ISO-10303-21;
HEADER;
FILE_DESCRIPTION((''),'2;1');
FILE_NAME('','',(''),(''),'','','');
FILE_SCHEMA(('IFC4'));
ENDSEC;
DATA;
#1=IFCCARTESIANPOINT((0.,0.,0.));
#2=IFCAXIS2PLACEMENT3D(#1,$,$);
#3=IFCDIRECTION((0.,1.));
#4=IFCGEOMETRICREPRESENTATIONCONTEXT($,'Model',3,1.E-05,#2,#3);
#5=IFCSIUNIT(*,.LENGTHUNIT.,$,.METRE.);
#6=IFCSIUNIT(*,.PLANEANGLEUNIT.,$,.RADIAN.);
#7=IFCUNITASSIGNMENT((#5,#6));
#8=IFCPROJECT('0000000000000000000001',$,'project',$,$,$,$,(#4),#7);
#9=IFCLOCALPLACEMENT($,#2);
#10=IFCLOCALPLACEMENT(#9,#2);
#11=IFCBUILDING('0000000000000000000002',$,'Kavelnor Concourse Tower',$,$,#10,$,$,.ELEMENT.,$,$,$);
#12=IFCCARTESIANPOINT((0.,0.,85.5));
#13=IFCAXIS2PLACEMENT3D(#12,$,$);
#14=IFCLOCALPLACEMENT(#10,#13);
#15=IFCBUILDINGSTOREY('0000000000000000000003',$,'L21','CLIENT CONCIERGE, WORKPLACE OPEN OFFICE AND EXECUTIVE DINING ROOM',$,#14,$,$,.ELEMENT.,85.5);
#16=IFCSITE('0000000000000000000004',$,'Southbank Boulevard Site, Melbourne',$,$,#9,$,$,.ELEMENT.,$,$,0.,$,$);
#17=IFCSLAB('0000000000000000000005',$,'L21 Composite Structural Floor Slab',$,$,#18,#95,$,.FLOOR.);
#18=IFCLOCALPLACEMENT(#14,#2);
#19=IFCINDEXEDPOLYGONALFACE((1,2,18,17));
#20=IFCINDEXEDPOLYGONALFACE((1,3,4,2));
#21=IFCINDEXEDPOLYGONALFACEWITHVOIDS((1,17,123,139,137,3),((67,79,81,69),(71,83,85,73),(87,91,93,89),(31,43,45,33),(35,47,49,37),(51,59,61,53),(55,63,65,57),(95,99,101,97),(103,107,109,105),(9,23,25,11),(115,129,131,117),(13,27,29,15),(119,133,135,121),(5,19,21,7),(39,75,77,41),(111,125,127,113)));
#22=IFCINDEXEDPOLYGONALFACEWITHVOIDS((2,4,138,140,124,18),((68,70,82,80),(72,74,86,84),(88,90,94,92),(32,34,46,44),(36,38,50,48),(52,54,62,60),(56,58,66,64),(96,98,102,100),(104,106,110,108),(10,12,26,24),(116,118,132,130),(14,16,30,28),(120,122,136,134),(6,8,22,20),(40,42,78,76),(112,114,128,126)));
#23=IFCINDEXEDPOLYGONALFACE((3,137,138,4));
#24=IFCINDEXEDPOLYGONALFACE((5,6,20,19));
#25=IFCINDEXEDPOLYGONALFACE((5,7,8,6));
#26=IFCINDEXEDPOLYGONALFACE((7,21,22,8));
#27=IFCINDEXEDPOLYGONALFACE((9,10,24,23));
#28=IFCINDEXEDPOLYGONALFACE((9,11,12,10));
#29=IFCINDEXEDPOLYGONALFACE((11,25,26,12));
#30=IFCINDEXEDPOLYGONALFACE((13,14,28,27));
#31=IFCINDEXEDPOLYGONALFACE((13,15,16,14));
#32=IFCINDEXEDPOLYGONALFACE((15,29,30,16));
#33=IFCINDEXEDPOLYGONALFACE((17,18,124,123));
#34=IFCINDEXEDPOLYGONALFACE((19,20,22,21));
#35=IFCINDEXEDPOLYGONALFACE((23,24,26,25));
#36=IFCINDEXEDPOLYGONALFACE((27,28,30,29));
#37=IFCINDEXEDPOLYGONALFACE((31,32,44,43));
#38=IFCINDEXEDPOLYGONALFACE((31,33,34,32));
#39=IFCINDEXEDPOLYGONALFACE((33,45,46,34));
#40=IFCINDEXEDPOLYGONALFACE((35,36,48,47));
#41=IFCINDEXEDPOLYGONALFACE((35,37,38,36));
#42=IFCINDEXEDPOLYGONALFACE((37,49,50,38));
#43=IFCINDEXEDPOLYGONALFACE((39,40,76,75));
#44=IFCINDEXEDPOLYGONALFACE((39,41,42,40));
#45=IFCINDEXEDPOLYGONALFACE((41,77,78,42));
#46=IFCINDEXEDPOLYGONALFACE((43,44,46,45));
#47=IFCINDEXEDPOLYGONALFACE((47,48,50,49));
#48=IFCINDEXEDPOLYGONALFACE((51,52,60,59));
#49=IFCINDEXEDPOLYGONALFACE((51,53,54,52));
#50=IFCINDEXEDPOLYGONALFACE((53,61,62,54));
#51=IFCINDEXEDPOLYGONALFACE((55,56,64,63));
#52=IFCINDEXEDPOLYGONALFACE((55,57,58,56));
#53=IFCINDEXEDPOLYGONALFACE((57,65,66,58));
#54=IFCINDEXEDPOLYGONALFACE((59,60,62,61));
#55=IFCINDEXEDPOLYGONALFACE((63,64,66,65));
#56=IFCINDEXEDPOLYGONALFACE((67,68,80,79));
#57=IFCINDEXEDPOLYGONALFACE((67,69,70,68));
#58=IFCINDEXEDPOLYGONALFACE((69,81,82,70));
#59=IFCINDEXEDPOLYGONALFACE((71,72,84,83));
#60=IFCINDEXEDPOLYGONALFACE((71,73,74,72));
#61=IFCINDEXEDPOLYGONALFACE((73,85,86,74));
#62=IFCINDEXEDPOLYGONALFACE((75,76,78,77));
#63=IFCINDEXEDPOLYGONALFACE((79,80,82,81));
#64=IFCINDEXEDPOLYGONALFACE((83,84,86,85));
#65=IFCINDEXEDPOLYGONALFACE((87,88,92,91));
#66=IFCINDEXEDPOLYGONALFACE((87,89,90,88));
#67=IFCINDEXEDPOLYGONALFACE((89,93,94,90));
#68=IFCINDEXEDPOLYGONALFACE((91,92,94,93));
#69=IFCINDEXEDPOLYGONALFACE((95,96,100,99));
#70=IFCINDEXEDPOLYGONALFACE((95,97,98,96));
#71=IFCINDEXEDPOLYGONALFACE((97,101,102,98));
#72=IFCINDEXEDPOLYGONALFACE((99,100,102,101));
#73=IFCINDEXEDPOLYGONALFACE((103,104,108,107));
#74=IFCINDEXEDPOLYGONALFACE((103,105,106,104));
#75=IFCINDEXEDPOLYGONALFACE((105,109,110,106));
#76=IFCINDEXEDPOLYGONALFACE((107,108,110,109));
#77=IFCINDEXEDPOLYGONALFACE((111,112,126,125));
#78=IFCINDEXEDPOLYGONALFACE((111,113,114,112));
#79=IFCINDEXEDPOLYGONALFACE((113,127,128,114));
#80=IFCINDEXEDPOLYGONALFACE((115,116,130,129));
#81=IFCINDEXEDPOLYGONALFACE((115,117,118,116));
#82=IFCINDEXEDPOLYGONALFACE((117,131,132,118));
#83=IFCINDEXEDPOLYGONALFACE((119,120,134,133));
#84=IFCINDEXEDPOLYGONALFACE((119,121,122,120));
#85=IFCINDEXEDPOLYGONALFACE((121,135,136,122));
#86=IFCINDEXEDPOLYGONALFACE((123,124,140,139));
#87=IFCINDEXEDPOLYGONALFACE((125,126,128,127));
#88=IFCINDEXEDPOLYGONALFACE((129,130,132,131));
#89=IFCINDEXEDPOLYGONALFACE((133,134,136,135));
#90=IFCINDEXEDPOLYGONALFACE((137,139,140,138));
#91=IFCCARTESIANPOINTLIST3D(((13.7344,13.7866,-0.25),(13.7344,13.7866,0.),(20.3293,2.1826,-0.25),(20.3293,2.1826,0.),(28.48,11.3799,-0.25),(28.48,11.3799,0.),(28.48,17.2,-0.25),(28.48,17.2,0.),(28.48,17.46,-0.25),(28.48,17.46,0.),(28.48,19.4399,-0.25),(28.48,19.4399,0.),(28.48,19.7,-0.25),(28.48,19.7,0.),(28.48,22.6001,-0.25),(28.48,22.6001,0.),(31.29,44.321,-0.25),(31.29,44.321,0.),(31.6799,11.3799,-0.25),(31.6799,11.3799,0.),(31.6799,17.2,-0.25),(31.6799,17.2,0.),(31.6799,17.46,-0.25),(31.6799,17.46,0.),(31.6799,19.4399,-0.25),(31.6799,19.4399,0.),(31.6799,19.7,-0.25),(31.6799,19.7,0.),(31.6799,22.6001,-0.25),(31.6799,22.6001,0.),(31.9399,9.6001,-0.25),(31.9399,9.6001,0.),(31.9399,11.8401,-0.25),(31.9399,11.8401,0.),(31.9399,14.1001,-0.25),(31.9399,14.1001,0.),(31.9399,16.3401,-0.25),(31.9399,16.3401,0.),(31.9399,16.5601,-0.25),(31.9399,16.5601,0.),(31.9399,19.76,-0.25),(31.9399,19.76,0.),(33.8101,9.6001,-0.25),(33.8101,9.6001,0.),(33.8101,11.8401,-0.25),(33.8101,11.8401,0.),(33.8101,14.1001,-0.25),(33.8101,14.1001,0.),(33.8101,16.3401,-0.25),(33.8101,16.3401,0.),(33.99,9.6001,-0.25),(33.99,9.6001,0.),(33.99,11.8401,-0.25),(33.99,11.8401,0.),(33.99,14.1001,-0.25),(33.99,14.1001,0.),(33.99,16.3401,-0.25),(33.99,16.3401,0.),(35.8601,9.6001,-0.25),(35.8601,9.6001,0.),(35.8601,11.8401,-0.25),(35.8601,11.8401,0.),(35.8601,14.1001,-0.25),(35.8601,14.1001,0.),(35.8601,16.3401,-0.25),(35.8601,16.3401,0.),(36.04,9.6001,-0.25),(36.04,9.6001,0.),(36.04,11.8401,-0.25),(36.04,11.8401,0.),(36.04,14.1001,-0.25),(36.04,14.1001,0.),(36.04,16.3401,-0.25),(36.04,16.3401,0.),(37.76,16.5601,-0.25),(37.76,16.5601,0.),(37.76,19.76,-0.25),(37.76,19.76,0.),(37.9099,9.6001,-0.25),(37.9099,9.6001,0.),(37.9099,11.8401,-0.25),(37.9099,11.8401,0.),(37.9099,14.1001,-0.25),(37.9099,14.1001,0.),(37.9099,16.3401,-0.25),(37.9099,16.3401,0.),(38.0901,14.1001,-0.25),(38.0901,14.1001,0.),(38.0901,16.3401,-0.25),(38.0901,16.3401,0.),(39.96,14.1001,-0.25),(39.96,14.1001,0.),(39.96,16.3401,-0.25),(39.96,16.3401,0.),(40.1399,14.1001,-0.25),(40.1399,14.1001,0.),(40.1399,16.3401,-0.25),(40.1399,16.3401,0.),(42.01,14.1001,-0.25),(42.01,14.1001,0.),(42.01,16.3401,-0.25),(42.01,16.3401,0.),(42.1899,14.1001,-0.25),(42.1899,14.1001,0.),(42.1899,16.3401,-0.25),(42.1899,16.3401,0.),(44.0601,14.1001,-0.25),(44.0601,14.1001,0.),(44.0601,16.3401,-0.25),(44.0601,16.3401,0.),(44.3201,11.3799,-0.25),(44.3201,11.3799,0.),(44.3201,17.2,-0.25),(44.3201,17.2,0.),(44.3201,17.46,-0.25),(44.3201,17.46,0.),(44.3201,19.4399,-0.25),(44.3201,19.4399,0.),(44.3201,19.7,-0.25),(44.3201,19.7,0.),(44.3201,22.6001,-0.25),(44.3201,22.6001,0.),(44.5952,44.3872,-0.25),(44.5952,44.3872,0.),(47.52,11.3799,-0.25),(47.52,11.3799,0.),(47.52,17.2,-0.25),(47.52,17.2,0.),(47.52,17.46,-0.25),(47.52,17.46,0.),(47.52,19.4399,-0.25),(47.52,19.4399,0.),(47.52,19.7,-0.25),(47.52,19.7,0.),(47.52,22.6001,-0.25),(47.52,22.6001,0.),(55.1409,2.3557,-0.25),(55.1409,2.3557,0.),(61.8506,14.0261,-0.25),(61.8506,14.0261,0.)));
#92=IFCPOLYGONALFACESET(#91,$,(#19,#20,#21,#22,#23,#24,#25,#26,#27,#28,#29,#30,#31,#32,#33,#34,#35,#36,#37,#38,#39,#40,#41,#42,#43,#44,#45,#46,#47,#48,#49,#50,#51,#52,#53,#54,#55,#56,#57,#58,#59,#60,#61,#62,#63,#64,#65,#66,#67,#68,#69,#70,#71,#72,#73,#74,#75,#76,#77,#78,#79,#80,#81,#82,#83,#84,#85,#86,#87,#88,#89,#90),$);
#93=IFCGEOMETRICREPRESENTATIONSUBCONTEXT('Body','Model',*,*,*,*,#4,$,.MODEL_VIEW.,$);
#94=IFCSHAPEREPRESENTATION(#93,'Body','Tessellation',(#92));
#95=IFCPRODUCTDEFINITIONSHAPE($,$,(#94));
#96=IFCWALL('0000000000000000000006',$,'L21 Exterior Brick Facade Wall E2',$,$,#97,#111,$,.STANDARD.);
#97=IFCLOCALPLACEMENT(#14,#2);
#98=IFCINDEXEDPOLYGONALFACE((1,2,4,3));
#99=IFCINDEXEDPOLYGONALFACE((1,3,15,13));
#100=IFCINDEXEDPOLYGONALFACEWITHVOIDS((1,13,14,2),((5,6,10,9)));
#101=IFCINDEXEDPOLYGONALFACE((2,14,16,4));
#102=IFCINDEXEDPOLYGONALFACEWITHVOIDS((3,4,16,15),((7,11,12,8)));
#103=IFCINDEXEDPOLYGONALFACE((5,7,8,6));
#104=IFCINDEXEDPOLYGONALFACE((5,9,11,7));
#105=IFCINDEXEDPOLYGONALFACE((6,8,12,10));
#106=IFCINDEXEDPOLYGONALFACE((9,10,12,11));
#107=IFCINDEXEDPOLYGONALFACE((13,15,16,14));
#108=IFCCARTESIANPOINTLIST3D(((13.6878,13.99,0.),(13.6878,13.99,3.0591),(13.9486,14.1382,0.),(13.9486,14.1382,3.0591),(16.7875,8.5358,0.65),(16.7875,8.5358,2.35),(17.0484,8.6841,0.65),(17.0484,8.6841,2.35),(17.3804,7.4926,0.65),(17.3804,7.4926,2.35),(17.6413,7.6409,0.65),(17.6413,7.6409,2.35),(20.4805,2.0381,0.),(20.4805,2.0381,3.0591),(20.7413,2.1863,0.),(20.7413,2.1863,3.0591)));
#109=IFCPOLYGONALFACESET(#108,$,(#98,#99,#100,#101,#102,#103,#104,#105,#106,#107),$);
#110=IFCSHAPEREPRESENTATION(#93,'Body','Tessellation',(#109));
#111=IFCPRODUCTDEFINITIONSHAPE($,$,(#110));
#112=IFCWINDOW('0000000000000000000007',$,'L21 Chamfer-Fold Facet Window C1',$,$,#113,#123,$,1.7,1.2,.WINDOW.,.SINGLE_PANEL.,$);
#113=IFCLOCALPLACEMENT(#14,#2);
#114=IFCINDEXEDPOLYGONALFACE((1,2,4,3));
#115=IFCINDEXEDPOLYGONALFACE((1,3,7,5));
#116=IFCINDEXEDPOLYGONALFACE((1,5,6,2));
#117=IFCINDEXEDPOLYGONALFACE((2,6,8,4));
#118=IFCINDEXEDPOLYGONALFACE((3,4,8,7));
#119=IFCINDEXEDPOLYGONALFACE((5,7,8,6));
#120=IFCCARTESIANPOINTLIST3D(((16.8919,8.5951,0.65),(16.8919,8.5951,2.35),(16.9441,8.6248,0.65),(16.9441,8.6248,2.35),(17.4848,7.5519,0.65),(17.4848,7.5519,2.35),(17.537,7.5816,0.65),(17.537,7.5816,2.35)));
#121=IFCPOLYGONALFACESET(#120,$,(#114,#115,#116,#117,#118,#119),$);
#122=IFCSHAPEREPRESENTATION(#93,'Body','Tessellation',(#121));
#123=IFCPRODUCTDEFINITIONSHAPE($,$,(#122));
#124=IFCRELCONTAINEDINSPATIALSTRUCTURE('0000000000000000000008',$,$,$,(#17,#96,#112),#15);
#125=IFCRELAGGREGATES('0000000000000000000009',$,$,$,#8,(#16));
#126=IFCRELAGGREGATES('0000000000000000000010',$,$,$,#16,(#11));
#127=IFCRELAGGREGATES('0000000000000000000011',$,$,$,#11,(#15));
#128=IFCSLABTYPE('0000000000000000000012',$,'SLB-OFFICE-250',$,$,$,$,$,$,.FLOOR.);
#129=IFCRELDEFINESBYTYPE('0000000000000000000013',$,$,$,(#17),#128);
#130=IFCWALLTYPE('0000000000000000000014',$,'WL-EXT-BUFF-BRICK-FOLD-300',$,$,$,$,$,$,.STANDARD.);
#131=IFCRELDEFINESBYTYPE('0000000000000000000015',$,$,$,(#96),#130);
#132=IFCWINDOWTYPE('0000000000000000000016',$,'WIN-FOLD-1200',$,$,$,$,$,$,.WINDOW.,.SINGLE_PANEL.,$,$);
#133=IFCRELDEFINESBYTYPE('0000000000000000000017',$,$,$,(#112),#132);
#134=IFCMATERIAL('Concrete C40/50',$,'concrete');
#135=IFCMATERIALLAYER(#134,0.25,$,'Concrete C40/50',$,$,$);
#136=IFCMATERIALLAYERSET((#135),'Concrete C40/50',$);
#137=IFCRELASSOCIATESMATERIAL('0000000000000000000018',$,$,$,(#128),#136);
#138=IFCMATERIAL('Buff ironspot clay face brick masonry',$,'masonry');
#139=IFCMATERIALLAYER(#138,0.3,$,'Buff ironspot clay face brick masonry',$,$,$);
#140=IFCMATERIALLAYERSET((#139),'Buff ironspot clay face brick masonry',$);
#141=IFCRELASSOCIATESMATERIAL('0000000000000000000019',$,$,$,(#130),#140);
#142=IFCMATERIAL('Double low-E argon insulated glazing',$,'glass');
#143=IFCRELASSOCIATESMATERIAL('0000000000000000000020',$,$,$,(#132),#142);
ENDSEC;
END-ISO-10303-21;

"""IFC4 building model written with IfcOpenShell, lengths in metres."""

from ifc_helpers import new_model, si_unit, direction, frame, frame_2d, origin, place, context, subcontext, project, spatial, polyline, rectangle, outline, extrude, material, layer, layer_set, type_object, element, fill, save


model = new_model("IFC4")

# Units and contexts
model_context = context("Model", 3, precision=1e-05, world=origin(), true_north=direction((0.0, 1.0)))
body_context = subcontext(model_context, "Body", "Model", "MODEL_VIEW")
ifc_project = project(units=[si_unit("LENGTHUNIT", "METRE"), si_unit("PLANEANGLEUNIT", "RADIAN")], contexts=[model_context])

# Site, building, storey
site_placement = place(None, origin())
site = spatial("IfcSite", under=ifc_project, at=site_placement, Name="Southbank Boulevard Site, Melbourne", CompositionType="ELEMENT", RefElevation=0.0)
building_placement = place(site_placement, origin())
building = spatial("IfcBuilding", under=site, at=building_placement, Name="Kavelnor Concourse Tower", CompositionType="ELEMENT")
storey_placement = place(building_placement, frame((0.0, 0.0, 85.5)))
storey = spatial("IfcBuildingStorey", under=building, at=storey_placement, Name="L21", Description="CLIENT CONCIERGE, WORKPLACE OPEN OFFICE AND EXECUTIVE DINING ROOM", CompositionType="ELEMENT", Elevation=85.5)

# Shared definitions
ifc_material_1 = material(Name="Concrete C40/50", Category="concrete")

# Slab
ifc_layer_1 = layer(ifc_material_1, 0.25, Name="Concrete C40/50")
ifc_layer_set_1 = layer_set([ifc_layer_1], Name="Concrete C40/50")
slab_type_1 = type_object("IfcSlabType", Name="SLB-OFFICE-250", PredefinedType="FLOOR", material=ifc_layer_set_1)
slab_1_placement = place(storey_placement, frame((0.0, 0.0, -0.25)))
element("IfcSlab", 1, at=slab_1_placement, inside=storey, type_object=slab_type_1, Name="L21 Composite Structural Floor Slab", PredefinedType="FLOOR", context=body_context, shape_type="SweptSolid", body=[
    extrude(outline(polyline([(44.5952, 44.3872), (31.29, 44.321), (13.7344, 13.7866), (20.3293, 2.1826), (55.1409, 2.3557), (61.8506, 14.0261), (44.5952, 44.3872)]), holes=[polyline([(28.48, 11.3799), (31.6799, 11.3799), (31.6799, 17.2), (28.48, 17.2), (28.48, 11.3799)]), polyline([(44.3201, 11.3799), (47.52, 11.3799), (47.52, 17.2), (44.3201, 17.2), (44.3201, 11.3799)]), polyline([(31.9399, 16.5601), (37.76, 16.5601), (37.76, 19.76), (31.9399, 19.76), (31.9399, 16.5601)]), polyline([(28.48, 19.7), (31.6799, 19.7), (31.6799, 22.6001), (28.48, 22.6001), (28.48, 19.7)]), polyline([(44.3201, 19.7), (47.52, 19.7), (47.52, 22.6001), (44.3201, 22.6001), (44.3201, 19.7)]), polyline([(31.9399, 14.1001), (33.8101, 14.1001), (33.8101, 16.3401), (31.9399, 16.3401), (31.9399, 14.1001)]), polyline([(33.99, 14.1001), (35.8601, 14.1001), (35.8601, 16.3401), (33.99, 16.3401), (33.99, 14.1001)]), polyline([(36.04, 14.1001), (37.9099, 14.1001), (37.9099, 16.3401), (36.04, 16.3401), (36.04, 14.1001)]), polyline([(38.0901, 14.1001), (39.96, 14.1001), (39.96, 16.3401), (38.0901, 16.3401), (38.0901, 14.1001)]), polyline([(40.1399, 14.1001), (42.01, 14.1001), (42.01, 16.3401), (40.1399, 16.3401), (40.1399, 14.1001)]), polyline([(42.1899, 14.1001), (44.0601, 14.1001), (44.0601, 16.3401), (42.1899, 16.3401), (42.1899, 14.1001)]), polyline([(31.9399, 9.6001), (33.8101, 9.6001), (33.8101, 11.8401), (31.9399, 11.8401), (31.9399, 9.6001)]), polyline([(33.99, 9.6001), (35.8601, 9.6001), (35.8601, 11.8401), (33.99, 11.8401), (33.99, 9.6001)]), polyline([(36.04, 9.6001), (37.9099, 9.6001), (37.9099, 11.8401), (36.04, 11.8401), (36.04, 9.6001)]), polyline([(28.48, 17.46), (31.6799, 17.46), (31.6799, 19.4399), (28.48, 19.4399), (28.48, 17.46)]), polyline([(44.3201, 17.46), (47.52, 17.46), (47.52, 19.4399), (44.3201, 19.4399), (44.3201, 17.46)])]), origin(), (0.0, 0.0, 1.0), 0.25),
])

# Wall, opening, window
ifc_material_2 = material(Name="Buff ironspot clay face brick masonry", Category="masonry")
ifc_layer_2 = layer(ifc_material_2, 0.3, Name="Buff ironspot clay face brick masonry")
ifc_layer_set_2 = layer_set([ifc_layer_2], Name="Buff ironspot clay face brick masonry")
wall_type_1 = type_object("IfcWallType", Name="WL-EXT-BUFF-BRICK-FOLD-300", PredefinedType="STANDARD", material=ifc_layer_set_2)
wall_1_placement = place(storey_placement, frame((20.6108, 2.1123, 0.0), z_axis=(0.0, 0.0, 1.0), x_axis=(-0.494112, 0.869398, 0.0)))
wall_1 = element("IfcWall", 2, at=wall_1_placement, inside=storey, type_object=wall_type_1, Name="L21 Exterior Brick Facade Wall E2", PredefinedType="STANDARD", context=body_context, shape_type="SweptSolid", body=[
    extrude(rectangle(XDim=13.7473, YDim=0.3, at=frame_2d((6.8735, 0.0))), origin(), (0.0, 0.0, 1.0), 3.0591),
])
opening_1_placement = place(wall_1_placement, frame((6.2737, 0.0, 0.6499)))
opening_1 = element("IfcOpeningElement", 3, at=opening_1_placement, cuts=wall_1, PredefinedType="OPENING", context=body_context, shape_type="SweptSolid", body=[
    extrude(rectangle(XDim=1.2, YDim=1.7, at=frame_2d((0.6001, 0.8501))), frame((0.0, 0.1602, 0.0), z_axis=(0.0, -1.0, 0.0), x_axis=(1.0, 0.0, 0.0)), (0.0, 0.0, 1.0), 0.3201),
])
ifc_material_3 = material(Name="Double low-E argon insulated glazing", Category="glass")
window_type_1 = type_object("IfcWindowType", Name="WIN-FOLD-1200", PartitioningType="SINGLE_PANEL", PredefinedType="WINDOW", material=ifc_material_3)
window_1_placement = place(opening_1_placement, origin())
window_1 = element("IfcWindow", 4, at=window_1_placement, inside=storey, type_object=window_type_1, Name="L21 Chamfer-Fold Facet Window C1", OverallHeight=1.7, OverallWidth=1.2, PartitioningType="SINGLE_PANEL", PredefinedType="WINDOW", context=body_context, shape_type="SweptSolid", body=[
    extrude(rectangle(XDim=1.2, YDim=1.7, at=frame_2d((0.6001, 0.8501))), frame((0.0, 0.03, 0.0), z_axis=(0.0, -1.0, 0.0), x_axis=(1.0, 0.0, 0.0)), (0.0, 0.0, 1.0), 0.0601),
])
fill(opening_1, window_1)

save(model, "model.ifc")
